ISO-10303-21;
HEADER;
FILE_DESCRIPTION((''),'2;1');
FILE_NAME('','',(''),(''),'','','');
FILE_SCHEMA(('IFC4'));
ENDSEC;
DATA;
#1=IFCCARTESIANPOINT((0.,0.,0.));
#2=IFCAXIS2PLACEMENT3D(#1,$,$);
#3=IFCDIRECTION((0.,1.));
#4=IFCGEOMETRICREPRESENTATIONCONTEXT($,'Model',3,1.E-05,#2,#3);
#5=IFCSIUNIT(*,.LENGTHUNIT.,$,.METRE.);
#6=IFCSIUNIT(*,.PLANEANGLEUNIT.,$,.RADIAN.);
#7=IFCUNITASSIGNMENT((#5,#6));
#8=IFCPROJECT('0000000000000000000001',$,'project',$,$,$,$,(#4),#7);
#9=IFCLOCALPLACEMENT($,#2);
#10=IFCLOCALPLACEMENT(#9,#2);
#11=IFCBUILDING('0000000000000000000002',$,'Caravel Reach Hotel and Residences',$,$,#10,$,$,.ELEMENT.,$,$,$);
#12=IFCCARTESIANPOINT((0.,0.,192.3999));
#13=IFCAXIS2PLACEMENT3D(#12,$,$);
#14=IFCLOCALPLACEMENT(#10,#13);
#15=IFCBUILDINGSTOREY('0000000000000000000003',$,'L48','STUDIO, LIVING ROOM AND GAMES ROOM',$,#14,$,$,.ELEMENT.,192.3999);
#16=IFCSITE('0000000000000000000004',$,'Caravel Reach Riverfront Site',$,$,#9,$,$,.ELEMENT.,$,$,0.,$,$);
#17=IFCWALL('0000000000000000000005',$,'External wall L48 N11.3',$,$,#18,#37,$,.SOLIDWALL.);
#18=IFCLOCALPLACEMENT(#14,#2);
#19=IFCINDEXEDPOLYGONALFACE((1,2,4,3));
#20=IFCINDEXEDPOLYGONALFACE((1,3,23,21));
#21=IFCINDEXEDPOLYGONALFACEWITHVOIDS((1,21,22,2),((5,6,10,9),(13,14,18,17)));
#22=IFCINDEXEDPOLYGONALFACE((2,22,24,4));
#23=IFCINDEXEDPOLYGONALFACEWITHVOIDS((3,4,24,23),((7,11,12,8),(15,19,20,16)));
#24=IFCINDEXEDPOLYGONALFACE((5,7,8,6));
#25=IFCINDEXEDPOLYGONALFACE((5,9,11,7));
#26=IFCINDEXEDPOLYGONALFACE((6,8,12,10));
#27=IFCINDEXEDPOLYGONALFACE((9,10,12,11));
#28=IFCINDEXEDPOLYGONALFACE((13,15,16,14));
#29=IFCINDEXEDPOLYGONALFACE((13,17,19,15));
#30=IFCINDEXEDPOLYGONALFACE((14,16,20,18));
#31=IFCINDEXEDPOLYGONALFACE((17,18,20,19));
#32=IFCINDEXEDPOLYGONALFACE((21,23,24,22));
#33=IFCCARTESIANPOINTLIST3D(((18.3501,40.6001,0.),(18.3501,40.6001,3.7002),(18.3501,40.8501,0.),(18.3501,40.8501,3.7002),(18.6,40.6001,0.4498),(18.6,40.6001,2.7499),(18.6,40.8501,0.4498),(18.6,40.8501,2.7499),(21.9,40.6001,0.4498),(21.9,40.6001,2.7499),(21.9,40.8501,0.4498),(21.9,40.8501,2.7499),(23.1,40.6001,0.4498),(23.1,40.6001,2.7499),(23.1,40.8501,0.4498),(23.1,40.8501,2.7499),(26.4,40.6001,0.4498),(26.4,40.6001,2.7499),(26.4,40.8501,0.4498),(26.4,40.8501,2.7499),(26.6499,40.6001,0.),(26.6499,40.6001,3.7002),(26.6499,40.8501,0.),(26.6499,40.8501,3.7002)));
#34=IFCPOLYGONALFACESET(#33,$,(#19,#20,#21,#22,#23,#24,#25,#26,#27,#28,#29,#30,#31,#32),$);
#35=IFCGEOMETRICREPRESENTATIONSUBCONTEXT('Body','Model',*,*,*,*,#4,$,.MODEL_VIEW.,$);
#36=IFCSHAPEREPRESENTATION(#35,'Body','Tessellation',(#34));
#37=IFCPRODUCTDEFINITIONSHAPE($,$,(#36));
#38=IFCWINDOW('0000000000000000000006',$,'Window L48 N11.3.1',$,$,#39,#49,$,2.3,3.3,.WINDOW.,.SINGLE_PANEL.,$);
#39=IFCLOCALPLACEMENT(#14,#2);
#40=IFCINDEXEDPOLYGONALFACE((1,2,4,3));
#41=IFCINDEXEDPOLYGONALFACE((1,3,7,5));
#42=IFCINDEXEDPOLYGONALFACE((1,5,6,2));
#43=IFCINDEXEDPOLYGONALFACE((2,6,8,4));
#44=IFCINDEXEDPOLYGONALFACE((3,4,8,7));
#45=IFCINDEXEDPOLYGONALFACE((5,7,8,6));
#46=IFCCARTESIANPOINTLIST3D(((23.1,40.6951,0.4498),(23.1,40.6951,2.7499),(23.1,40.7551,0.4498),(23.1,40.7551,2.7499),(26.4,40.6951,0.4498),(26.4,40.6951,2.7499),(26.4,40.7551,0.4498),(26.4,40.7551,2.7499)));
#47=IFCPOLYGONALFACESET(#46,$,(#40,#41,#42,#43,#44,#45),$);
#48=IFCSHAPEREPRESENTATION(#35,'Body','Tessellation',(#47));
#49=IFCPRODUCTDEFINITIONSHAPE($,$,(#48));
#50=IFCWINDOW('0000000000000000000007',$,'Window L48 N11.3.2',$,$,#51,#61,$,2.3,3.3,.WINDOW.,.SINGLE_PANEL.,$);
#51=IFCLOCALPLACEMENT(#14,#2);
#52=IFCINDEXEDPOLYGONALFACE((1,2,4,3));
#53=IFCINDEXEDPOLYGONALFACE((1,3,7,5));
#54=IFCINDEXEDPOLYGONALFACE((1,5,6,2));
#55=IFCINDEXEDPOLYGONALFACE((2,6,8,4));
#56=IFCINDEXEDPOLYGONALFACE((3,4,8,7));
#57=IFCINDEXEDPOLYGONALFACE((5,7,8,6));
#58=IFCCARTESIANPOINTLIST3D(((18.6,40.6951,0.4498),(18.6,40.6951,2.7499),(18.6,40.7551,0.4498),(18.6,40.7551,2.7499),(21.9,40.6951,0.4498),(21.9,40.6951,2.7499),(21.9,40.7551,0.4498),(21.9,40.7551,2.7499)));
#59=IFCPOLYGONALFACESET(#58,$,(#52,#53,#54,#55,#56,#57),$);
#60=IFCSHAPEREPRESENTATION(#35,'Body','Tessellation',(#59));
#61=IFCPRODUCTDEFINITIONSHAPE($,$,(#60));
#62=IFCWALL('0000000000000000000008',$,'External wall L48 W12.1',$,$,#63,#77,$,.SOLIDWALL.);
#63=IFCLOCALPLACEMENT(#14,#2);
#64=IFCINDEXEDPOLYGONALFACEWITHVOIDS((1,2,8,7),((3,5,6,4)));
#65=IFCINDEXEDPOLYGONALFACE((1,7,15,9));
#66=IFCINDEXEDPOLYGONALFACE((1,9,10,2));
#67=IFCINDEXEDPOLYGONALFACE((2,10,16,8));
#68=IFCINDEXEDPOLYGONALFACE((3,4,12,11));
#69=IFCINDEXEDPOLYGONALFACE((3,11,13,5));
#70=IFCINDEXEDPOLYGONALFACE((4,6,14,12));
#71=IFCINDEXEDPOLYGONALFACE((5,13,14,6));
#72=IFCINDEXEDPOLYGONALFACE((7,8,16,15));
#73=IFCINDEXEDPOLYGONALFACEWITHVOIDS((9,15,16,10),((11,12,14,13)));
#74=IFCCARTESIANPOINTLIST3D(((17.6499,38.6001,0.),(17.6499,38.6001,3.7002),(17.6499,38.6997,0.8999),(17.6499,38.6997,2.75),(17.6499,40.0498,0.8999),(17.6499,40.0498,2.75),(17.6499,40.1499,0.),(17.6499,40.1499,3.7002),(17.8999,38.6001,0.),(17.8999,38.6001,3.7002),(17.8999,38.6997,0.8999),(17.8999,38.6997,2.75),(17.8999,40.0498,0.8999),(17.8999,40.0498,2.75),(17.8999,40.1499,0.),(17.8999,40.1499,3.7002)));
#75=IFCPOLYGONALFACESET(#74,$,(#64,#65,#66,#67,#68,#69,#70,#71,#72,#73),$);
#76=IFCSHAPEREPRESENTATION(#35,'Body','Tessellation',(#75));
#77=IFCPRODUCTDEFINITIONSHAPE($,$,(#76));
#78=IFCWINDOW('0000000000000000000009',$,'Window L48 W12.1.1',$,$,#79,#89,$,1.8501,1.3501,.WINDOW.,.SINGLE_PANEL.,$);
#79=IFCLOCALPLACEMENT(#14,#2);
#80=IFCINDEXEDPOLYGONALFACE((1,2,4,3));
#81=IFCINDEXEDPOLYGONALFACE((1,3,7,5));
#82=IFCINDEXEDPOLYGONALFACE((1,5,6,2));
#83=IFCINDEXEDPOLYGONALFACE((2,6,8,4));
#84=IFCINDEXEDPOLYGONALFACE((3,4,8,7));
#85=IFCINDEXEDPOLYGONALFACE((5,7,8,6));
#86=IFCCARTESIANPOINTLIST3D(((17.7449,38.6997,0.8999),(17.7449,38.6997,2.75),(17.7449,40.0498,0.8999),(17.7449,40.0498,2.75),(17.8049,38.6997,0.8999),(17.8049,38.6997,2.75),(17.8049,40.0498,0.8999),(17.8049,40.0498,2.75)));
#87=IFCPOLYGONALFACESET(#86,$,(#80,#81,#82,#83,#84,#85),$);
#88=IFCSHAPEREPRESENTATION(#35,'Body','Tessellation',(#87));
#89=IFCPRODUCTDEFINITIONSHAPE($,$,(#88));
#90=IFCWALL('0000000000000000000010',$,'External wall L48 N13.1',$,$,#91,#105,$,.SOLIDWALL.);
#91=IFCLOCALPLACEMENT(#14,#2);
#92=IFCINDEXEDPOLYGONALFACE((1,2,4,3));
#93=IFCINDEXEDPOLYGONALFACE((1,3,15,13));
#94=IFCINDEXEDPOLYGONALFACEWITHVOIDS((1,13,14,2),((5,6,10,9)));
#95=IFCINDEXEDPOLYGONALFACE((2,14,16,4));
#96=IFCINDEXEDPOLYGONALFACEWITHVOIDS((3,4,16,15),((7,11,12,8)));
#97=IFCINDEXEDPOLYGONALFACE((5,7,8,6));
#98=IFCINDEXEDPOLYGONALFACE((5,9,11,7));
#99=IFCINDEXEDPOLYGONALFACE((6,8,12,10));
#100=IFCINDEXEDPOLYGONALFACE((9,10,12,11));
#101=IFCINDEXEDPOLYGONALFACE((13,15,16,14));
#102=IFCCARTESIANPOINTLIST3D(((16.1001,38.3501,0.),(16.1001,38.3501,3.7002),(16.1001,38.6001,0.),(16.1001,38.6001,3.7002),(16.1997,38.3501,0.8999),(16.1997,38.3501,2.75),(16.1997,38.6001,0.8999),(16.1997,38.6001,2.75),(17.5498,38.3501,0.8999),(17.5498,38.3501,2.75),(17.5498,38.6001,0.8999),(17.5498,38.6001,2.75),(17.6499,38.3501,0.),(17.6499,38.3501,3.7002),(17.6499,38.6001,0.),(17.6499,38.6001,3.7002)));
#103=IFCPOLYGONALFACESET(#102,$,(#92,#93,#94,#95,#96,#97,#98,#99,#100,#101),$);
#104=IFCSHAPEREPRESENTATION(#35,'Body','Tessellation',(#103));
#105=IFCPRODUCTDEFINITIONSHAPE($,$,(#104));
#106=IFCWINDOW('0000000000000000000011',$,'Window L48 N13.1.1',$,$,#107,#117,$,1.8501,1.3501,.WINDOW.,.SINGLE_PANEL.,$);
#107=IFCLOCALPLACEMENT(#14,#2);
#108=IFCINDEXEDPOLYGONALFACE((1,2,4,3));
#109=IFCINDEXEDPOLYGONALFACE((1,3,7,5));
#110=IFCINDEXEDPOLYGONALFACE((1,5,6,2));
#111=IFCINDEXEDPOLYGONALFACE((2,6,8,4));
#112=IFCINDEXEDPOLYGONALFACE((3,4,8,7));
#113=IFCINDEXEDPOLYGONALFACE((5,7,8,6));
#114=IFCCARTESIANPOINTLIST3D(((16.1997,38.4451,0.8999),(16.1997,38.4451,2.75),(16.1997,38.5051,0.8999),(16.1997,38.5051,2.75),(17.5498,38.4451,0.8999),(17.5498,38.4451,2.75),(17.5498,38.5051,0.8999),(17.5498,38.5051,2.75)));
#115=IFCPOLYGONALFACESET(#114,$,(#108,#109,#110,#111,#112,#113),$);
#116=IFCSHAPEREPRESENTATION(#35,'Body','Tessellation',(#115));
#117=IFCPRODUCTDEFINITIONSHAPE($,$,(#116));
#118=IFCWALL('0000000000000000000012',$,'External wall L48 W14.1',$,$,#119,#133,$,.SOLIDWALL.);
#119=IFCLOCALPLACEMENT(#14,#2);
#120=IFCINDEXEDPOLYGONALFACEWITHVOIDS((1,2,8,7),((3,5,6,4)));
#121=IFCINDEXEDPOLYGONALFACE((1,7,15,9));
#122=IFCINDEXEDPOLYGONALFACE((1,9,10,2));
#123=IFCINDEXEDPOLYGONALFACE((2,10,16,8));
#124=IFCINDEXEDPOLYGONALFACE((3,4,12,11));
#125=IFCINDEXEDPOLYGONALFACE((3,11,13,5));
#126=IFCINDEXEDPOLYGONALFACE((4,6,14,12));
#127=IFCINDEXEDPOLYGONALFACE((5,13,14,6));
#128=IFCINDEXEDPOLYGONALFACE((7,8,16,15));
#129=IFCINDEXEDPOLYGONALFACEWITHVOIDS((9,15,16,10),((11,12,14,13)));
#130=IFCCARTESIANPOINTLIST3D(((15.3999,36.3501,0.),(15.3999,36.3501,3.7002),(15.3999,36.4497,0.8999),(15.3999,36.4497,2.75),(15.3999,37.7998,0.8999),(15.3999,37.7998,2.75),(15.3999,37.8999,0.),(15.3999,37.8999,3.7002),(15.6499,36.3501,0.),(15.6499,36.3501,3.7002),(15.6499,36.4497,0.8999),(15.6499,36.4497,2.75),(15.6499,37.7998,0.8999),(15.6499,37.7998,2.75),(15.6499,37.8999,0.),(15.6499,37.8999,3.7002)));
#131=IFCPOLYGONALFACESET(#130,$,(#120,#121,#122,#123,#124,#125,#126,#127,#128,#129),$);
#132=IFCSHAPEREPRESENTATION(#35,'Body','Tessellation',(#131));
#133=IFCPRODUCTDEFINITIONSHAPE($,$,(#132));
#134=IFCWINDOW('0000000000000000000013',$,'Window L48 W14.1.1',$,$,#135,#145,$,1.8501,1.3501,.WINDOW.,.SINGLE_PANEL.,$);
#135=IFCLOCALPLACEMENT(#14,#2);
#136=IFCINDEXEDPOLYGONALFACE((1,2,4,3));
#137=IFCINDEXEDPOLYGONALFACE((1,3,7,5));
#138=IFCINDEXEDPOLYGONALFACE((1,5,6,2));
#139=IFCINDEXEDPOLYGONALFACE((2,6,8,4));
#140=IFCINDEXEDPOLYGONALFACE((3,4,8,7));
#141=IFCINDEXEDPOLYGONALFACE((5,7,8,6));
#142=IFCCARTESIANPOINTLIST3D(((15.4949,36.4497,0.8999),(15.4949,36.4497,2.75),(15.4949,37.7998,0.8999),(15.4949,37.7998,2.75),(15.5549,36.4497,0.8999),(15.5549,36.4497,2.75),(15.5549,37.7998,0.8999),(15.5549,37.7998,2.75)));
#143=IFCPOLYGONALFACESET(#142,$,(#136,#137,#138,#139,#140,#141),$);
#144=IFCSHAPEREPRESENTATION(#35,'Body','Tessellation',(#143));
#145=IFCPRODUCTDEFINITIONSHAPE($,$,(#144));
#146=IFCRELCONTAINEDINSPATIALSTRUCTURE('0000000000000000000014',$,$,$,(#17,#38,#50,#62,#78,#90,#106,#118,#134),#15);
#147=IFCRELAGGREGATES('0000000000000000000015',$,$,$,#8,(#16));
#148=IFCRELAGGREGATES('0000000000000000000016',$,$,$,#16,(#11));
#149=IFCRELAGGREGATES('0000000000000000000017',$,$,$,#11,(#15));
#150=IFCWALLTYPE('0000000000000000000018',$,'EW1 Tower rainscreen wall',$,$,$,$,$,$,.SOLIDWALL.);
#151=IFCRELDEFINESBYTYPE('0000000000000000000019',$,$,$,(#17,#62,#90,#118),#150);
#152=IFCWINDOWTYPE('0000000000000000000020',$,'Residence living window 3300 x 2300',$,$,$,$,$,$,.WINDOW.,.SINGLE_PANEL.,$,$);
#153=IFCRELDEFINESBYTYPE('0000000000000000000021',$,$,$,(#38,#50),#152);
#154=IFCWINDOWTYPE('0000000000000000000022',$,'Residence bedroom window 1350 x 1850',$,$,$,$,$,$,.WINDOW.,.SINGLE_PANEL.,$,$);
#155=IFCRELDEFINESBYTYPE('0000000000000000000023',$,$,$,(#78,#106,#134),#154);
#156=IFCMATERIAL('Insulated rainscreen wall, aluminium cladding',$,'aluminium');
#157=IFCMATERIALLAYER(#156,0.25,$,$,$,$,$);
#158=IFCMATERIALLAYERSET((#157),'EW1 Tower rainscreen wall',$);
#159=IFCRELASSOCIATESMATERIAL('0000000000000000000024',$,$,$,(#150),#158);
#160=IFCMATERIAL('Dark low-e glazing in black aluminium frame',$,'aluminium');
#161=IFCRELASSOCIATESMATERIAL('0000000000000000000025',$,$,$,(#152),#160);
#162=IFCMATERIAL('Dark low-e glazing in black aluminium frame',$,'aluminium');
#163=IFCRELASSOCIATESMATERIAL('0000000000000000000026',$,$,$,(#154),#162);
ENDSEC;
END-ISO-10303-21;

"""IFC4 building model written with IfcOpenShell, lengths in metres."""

from ifc_helpers import new_model, si_unit, direction, frame, frame_2d, origin, place, context, subcontext, project, spatial, rectangle, extrude, material, layer, layer_set, type_object, element, fill, save


model = new_model("IFC4")

# Units and contexts
model_context = context("Model", 3, precision=1e-05, world=origin(), true_north=direction((0.0, 1.0)))
body_context = subcontext(model_context, "Body", "Model", "MODEL_VIEW")
ifc_project = project(units=[si_unit("LENGTHUNIT", "METRE"), si_unit("PLANEANGLEUNIT", "RADIAN")], contexts=[model_context])

# Site, building, storey
site_placement = place(None, origin())
site = spatial("IfcSite", under=ifc_project, at=site_placement, Name="Caravel Reach Riverfront Site", CompositionType="ELEMENT", RefElevation=0.0)
building_placement = place(site_placement, origin())
building = spatial("IfcBuilding", under=site, at=building_placement, Name="Caravel Reach Hotel and Residences", CompositionType="ELEMENT")
storey_placement = place(building_placement, frame((0.0, 0.0, 192.3999)))
storey = spatial("IfcBuildingStorey", under=building, at=storey_placement, Name="L48", Description="STUDIO, LIVING ROOM AND GAMES ROOM", CompositionType="ELEMENT", Elevation=192.3999)

# Wall, openings, windows
ifc_material_1 = material(Name="Insulated rainscreen wall, aluminium cladding", Category="aluminium")
ifc_layer_1 = layer(ifc_material_1, 0.25)
ifc_layer_set_1 = layer_set([ifc_layer_1], Name="EW1 Tower rainscreen wall")
wall_type_1 = type_object("IfcWallType", Name="EW1 Tower rainscreen wall", PredefinedType="SOLIDWALL", material=ifc_layer_set_1)
wall_1_placement = place(storey_placement, frame((26.6499, 40.7251, 0.0), z_axis=(0.0, 0.0, 1.0), x_axis=(-1.0, 0.0, 0.0)))
wall_1 = element("IfcWall", 1, at=wall_1_placement, inside=storey, type_object=wall_type_1, Name="External wall L48 N11.3", PredefinedType="SOLIDWALL", context=body_context, shape_type="SweptSolid", body=[
    extrude(rectangle(XDim=8.2998, YDim=0.25, at=frame_2d((4.1499, 0.0))), origin(), (0.0, 0.0, 1.0), 3.7002),
])
opening_1_placement = place(wall_1_placement, frame((0.25, 0.0, 0.45)))
opening_1 = element("IfcOpeningElement", 2, at=opening_1_placement, cuts=wall_1, PredefinedType="OPENING", context=body_context, shape_type="SweptSolid", body=[
    extrude(rectangle(XDim=3.3, YDim=2.3, at=frame_2d((1.6499, 1.1499))), frame((0.0, 0.135, 0.0), z_axis=(0.0, -1.0, 0.0), x_axis=(1.0, 0.0, 0.0)), (0.0, 0.0, 1.0), 0.27),
])
opening_2_placement = place(wall_1_placement, frame((4.75, 0.0, 0.45)))
opening_2 = element("IfcOpeningElement", 3, at=opening_2_placement, cuts=wall_1, PredefinedType="OPENING", context=body_context, shape_type="SweptSolid", body=[
    extrude(rectangle(XDim=3.3, YDim=2.3, at=frame_2d((1.6499, 1.1499))), frame((0.0, 0.135, 0.0), z_axis=(0.0, -1.0, 0.0), x_axis=(1.0, 0.0, 0.0)), (0.0, 0.0, 1.0), 0.27),
])
ifc_material_2 = material(Name="Dark low-e glazing in black aluminium frame", Category="aluminium")
window_type_1 = type_object("IfcWindowType", Name="Residence living window 3300 x 2300", PartitioningType="SINGLE_PANEL", PredefinedType="WINDOW", material=ifc_material_2)
window_1_placement = place(opening_1_placement, origin())
window_1 = element("IfcWindow", 4, at=window_1_placement, inside=storey, type_object=window_type_1, Name="Window L48 N11.3.1", OverallHeight=2.3, OverallWidth=3.3, PartitioningType="SINGLE_PANEL", PredefinedType="WINDOW", context=body_context, shape_type="SweptSolid", body=[
    extrude(rectangle(XDim=3.3, YDim=2.3, at=frame_2d((1.6499, 1.1499))), frame((0.0, 0.03, 0.0), z_axis=(0.0, -1.0, 0.0), x_axis=(1.0, 0.0, 0.0)), (0.0, 0.0, 1.0), 0.0601),
])
fill(opening_1, window_1)
window_2_placement = place(opening_2_placement, origin())
window_2 = element("IfcWindow", 5, at=window_2_placement, inside=storey, type_object=window_type_1, Name="Window L48 N11.3.2", OverallHeight=2.3, OverallWidth=3.3, PartitioningType="SINGLE_PANEL", PredefinedType="WINDOW", context=body_context, shape_type="SweptSolid", body=[
    extrude(rectangle(XDim=3.3, YDim=2.3, at=frame_2d((1.6499, 1.1499))), frame((0.0, 0.03, 0.0), z_axis=(0.0, -1.0, 0.0), x_axis=(1.0, 0.0, 0.0)), (0.0, 0.0, 1.0), 0.0601),
])
fill(opening_2, window_2)

# Walls, openings, windows
wall_2_placement = place(storey_placement, frame((17.7749, 40.1499, 0.0), z_axis=(0.0, 0.0, 1.0), x_axis=(0.0, -1.0, 0.0)))
wall_2 = element("IfcWall", 6, at=wall_2_placement, inside=storey, type_object=wall_type_1, Name="External wall L48 W12.1", PredefinedType="SOLIDWALL", context=body_context, shape_type="SweptSolid", body=[
    extrude(rectangle(XDim=1.5498, YDim=0.25, at=frame_2d((0.7749, 0.0))), origin(), (0.0, 0.0, 1.0), 3.7002),
])
opening_3_placement = place(wall_2_placement, frame((0.1001, 0.0, 0.8999)))
opening_3 = element("IfcOpeningElement", 7, at=opening_3_placement, cuts=wall_2, PredefinedType="OPENING", context=body_context, shape_type="SweptSolid", body=[
    extrude(rectangle(XDim=1.3501, YDim=1.8501, at=frame_2d((0.675, 0.925))), frame((0.0, 0.135, 0.0), z_axis=(0.0, -1.0, 0.0), x_axis=(1.0, 0.0, 0.0)), (0.0, 0.0, 1.0), 0.27),
])
ifc_material_3 = material(Name="Dark low-e glazing in black aluminium frame", Category="aluminium")
window_type_2 = type_object("IfcWindowType", Name="Residence bedroom window 1350 x 1850", PartitioningType="SINGLE_PANEL", PredefinedType="WINDOW", material=ifc_material_3)
window_3_placement = place(opening_3_placement, origin())
window_3 = element("IfcWindow", 8, at=window_3_placement, inside=storey, type_object=window_type_2, Name="Window L48 W12.1.1", OverallHeight=1.8501, OverallWidth=1.3501, PartitioningType="SINGLE_PANEL", PredefinedType="WINDOW", context=body_context, shape_type="SweptSolid", body=[
    extrude(rectangle(XDim=1.3501, YDim=1.8501, at=frame_2d((0.675, 0.925))), frame((0.0, 0.03, 0.0), z_axis=(0.0, -1.0, 0.0), x_axis=(1.0, 0.0, 0.0)), (0.0, 0.0, 1.0), 0.0601),
])
fill(opening_3, window_3)
wall_3_placement = place(storey_placement, frame((17.6499, 38.4751, 0.0), z_axis=(0.0, 0.0, 1.0), x_axis=(-1.0, 0.0, 0.0)))
wall_3 = element("IfcWall", 9, at=wall_3_placement, inside=storey, type_object=wall_type_1, Name="External wall L48 N13.1", PredefinedType="SOLIDWALL", context=body_context, shape_type="SweptSolid", body=[
    extrude(rectangle(XDim=1.5498, YDim=0.25, at=frame_2d((0.7749, 0.0))), origin(), (0.0, 0.0, 1.0), 3.7002),
])
opening_4_placement = place(wall_3_placement, frame((0.1001, 0.0, 0.8999)))
opening_4 = element("IfcOpeningElement", 10, at=opening_4_placement, cuts=wall_3, PredefinedType="OPENING", context=body_context, shape_type="SweptSolid", body=[
    extrude(rectangle(XDim=1.3501, YDim=1.8501, at=frame_2d((0.675, 0.925))), frame((0.0, 0.135, 0.0), z_axis=(0.0, -1.0, 0.0), x_axis=(1.0, 0.0, 0.0)), (0.0, 0.0, 1.0), 0.27),
])
window_4_placement = place(opening_4_placement, origin())
window_4 = element("IfcWindow", 11, at=window_4_placement, inside=storey, type_object=window_type_2, Name="Window L48 N13.1.1", OverallHeight=1.8501, OverallWidth=1.3501, PartitioningType="SINGLE_PANEL", PredefinedType="WINDOW", context=body_context, shape_type="SweptSolid", body=[
    extrude(rectangle(XDim=1.3501, YDim=1.8501, at=frame_2d((0.675, 0.925))), frame((0.0, 0.03, 0.0), z_axis=(0.0, -1.0, 0.0), x_axis=(1.0, 0.0, 0.0)), (0.0, 0.0, 1.0), 0.0601),
])
fill(opening_4, window_4)
wall_4_placement = place(storey_placement, frame((15.5249, 37.8999, 0.0), z_axis=(0.0, 0.0, 1.0), x_axis=(0.0, -1.0, 0.0)))
wall_4 = element("IfcWall", 12, at=wall_4_placement, inside=storey, type_object=wall_type_1, Name="External wall L48 W14.1", PredefinedType="SOLIDWALL", context=body_context, shape_type="SweptSolid", body=[
    extrude(rectangle(XDim=1.5498, YDim=0.25, at=frame_2d((0.7749, 0.0))), origin(), (0.0, 0.0, 1.0), 3.7002),
])
opening_5_placement = place(wall_4_placement, frame((0.1001, 0.0, 0.8999)))
opening_5 = element("IfcOpeningElement", 13, at=opening_5_placement, cuts=wall_4, PredefinedType="OPENING", context=body_context, shape_type="SweptSolid", body=[
    extrude(rectangle(XDim=1.3501, YDim=1.8501, at=frame_2d((0.675, 0.925))), frame((0.0, 0.135, 0.0), z_axis=(0.0, -1.0, 0.0), x_axis=(1.0, 0.0, 0.0)), (0.0, 0.0, 1.0), 0.27),
])
window_5_placement = place(opening_5_placement, origin())
window_5 = element("IfcWindow", 14, at=window_5_placement, inside=storey, type_object=window_type_2, Name="Window L48 W14.1.1", OverallHeight=1.8501, OverallWidth=1.3501, PartitioningType="SINGLE_PANEL", PredefinedType="WINDOW", context=body_context, shape_type="SweptSolid", body=[
    extrude(rectangle(XDim=1.3501, YDim=1.8501, at=frame_2d((0.675, 0.925))), frame((0.0, 0.03, 0.0), z_axis=(0.0, -1.0, 0.0), x_axis=(1.0, 0.0, 0.0)), (0.0, 0.0, 1.0), 0.0601),
])
fill(opening_5, window_5)

save(model, "model.ifc")
